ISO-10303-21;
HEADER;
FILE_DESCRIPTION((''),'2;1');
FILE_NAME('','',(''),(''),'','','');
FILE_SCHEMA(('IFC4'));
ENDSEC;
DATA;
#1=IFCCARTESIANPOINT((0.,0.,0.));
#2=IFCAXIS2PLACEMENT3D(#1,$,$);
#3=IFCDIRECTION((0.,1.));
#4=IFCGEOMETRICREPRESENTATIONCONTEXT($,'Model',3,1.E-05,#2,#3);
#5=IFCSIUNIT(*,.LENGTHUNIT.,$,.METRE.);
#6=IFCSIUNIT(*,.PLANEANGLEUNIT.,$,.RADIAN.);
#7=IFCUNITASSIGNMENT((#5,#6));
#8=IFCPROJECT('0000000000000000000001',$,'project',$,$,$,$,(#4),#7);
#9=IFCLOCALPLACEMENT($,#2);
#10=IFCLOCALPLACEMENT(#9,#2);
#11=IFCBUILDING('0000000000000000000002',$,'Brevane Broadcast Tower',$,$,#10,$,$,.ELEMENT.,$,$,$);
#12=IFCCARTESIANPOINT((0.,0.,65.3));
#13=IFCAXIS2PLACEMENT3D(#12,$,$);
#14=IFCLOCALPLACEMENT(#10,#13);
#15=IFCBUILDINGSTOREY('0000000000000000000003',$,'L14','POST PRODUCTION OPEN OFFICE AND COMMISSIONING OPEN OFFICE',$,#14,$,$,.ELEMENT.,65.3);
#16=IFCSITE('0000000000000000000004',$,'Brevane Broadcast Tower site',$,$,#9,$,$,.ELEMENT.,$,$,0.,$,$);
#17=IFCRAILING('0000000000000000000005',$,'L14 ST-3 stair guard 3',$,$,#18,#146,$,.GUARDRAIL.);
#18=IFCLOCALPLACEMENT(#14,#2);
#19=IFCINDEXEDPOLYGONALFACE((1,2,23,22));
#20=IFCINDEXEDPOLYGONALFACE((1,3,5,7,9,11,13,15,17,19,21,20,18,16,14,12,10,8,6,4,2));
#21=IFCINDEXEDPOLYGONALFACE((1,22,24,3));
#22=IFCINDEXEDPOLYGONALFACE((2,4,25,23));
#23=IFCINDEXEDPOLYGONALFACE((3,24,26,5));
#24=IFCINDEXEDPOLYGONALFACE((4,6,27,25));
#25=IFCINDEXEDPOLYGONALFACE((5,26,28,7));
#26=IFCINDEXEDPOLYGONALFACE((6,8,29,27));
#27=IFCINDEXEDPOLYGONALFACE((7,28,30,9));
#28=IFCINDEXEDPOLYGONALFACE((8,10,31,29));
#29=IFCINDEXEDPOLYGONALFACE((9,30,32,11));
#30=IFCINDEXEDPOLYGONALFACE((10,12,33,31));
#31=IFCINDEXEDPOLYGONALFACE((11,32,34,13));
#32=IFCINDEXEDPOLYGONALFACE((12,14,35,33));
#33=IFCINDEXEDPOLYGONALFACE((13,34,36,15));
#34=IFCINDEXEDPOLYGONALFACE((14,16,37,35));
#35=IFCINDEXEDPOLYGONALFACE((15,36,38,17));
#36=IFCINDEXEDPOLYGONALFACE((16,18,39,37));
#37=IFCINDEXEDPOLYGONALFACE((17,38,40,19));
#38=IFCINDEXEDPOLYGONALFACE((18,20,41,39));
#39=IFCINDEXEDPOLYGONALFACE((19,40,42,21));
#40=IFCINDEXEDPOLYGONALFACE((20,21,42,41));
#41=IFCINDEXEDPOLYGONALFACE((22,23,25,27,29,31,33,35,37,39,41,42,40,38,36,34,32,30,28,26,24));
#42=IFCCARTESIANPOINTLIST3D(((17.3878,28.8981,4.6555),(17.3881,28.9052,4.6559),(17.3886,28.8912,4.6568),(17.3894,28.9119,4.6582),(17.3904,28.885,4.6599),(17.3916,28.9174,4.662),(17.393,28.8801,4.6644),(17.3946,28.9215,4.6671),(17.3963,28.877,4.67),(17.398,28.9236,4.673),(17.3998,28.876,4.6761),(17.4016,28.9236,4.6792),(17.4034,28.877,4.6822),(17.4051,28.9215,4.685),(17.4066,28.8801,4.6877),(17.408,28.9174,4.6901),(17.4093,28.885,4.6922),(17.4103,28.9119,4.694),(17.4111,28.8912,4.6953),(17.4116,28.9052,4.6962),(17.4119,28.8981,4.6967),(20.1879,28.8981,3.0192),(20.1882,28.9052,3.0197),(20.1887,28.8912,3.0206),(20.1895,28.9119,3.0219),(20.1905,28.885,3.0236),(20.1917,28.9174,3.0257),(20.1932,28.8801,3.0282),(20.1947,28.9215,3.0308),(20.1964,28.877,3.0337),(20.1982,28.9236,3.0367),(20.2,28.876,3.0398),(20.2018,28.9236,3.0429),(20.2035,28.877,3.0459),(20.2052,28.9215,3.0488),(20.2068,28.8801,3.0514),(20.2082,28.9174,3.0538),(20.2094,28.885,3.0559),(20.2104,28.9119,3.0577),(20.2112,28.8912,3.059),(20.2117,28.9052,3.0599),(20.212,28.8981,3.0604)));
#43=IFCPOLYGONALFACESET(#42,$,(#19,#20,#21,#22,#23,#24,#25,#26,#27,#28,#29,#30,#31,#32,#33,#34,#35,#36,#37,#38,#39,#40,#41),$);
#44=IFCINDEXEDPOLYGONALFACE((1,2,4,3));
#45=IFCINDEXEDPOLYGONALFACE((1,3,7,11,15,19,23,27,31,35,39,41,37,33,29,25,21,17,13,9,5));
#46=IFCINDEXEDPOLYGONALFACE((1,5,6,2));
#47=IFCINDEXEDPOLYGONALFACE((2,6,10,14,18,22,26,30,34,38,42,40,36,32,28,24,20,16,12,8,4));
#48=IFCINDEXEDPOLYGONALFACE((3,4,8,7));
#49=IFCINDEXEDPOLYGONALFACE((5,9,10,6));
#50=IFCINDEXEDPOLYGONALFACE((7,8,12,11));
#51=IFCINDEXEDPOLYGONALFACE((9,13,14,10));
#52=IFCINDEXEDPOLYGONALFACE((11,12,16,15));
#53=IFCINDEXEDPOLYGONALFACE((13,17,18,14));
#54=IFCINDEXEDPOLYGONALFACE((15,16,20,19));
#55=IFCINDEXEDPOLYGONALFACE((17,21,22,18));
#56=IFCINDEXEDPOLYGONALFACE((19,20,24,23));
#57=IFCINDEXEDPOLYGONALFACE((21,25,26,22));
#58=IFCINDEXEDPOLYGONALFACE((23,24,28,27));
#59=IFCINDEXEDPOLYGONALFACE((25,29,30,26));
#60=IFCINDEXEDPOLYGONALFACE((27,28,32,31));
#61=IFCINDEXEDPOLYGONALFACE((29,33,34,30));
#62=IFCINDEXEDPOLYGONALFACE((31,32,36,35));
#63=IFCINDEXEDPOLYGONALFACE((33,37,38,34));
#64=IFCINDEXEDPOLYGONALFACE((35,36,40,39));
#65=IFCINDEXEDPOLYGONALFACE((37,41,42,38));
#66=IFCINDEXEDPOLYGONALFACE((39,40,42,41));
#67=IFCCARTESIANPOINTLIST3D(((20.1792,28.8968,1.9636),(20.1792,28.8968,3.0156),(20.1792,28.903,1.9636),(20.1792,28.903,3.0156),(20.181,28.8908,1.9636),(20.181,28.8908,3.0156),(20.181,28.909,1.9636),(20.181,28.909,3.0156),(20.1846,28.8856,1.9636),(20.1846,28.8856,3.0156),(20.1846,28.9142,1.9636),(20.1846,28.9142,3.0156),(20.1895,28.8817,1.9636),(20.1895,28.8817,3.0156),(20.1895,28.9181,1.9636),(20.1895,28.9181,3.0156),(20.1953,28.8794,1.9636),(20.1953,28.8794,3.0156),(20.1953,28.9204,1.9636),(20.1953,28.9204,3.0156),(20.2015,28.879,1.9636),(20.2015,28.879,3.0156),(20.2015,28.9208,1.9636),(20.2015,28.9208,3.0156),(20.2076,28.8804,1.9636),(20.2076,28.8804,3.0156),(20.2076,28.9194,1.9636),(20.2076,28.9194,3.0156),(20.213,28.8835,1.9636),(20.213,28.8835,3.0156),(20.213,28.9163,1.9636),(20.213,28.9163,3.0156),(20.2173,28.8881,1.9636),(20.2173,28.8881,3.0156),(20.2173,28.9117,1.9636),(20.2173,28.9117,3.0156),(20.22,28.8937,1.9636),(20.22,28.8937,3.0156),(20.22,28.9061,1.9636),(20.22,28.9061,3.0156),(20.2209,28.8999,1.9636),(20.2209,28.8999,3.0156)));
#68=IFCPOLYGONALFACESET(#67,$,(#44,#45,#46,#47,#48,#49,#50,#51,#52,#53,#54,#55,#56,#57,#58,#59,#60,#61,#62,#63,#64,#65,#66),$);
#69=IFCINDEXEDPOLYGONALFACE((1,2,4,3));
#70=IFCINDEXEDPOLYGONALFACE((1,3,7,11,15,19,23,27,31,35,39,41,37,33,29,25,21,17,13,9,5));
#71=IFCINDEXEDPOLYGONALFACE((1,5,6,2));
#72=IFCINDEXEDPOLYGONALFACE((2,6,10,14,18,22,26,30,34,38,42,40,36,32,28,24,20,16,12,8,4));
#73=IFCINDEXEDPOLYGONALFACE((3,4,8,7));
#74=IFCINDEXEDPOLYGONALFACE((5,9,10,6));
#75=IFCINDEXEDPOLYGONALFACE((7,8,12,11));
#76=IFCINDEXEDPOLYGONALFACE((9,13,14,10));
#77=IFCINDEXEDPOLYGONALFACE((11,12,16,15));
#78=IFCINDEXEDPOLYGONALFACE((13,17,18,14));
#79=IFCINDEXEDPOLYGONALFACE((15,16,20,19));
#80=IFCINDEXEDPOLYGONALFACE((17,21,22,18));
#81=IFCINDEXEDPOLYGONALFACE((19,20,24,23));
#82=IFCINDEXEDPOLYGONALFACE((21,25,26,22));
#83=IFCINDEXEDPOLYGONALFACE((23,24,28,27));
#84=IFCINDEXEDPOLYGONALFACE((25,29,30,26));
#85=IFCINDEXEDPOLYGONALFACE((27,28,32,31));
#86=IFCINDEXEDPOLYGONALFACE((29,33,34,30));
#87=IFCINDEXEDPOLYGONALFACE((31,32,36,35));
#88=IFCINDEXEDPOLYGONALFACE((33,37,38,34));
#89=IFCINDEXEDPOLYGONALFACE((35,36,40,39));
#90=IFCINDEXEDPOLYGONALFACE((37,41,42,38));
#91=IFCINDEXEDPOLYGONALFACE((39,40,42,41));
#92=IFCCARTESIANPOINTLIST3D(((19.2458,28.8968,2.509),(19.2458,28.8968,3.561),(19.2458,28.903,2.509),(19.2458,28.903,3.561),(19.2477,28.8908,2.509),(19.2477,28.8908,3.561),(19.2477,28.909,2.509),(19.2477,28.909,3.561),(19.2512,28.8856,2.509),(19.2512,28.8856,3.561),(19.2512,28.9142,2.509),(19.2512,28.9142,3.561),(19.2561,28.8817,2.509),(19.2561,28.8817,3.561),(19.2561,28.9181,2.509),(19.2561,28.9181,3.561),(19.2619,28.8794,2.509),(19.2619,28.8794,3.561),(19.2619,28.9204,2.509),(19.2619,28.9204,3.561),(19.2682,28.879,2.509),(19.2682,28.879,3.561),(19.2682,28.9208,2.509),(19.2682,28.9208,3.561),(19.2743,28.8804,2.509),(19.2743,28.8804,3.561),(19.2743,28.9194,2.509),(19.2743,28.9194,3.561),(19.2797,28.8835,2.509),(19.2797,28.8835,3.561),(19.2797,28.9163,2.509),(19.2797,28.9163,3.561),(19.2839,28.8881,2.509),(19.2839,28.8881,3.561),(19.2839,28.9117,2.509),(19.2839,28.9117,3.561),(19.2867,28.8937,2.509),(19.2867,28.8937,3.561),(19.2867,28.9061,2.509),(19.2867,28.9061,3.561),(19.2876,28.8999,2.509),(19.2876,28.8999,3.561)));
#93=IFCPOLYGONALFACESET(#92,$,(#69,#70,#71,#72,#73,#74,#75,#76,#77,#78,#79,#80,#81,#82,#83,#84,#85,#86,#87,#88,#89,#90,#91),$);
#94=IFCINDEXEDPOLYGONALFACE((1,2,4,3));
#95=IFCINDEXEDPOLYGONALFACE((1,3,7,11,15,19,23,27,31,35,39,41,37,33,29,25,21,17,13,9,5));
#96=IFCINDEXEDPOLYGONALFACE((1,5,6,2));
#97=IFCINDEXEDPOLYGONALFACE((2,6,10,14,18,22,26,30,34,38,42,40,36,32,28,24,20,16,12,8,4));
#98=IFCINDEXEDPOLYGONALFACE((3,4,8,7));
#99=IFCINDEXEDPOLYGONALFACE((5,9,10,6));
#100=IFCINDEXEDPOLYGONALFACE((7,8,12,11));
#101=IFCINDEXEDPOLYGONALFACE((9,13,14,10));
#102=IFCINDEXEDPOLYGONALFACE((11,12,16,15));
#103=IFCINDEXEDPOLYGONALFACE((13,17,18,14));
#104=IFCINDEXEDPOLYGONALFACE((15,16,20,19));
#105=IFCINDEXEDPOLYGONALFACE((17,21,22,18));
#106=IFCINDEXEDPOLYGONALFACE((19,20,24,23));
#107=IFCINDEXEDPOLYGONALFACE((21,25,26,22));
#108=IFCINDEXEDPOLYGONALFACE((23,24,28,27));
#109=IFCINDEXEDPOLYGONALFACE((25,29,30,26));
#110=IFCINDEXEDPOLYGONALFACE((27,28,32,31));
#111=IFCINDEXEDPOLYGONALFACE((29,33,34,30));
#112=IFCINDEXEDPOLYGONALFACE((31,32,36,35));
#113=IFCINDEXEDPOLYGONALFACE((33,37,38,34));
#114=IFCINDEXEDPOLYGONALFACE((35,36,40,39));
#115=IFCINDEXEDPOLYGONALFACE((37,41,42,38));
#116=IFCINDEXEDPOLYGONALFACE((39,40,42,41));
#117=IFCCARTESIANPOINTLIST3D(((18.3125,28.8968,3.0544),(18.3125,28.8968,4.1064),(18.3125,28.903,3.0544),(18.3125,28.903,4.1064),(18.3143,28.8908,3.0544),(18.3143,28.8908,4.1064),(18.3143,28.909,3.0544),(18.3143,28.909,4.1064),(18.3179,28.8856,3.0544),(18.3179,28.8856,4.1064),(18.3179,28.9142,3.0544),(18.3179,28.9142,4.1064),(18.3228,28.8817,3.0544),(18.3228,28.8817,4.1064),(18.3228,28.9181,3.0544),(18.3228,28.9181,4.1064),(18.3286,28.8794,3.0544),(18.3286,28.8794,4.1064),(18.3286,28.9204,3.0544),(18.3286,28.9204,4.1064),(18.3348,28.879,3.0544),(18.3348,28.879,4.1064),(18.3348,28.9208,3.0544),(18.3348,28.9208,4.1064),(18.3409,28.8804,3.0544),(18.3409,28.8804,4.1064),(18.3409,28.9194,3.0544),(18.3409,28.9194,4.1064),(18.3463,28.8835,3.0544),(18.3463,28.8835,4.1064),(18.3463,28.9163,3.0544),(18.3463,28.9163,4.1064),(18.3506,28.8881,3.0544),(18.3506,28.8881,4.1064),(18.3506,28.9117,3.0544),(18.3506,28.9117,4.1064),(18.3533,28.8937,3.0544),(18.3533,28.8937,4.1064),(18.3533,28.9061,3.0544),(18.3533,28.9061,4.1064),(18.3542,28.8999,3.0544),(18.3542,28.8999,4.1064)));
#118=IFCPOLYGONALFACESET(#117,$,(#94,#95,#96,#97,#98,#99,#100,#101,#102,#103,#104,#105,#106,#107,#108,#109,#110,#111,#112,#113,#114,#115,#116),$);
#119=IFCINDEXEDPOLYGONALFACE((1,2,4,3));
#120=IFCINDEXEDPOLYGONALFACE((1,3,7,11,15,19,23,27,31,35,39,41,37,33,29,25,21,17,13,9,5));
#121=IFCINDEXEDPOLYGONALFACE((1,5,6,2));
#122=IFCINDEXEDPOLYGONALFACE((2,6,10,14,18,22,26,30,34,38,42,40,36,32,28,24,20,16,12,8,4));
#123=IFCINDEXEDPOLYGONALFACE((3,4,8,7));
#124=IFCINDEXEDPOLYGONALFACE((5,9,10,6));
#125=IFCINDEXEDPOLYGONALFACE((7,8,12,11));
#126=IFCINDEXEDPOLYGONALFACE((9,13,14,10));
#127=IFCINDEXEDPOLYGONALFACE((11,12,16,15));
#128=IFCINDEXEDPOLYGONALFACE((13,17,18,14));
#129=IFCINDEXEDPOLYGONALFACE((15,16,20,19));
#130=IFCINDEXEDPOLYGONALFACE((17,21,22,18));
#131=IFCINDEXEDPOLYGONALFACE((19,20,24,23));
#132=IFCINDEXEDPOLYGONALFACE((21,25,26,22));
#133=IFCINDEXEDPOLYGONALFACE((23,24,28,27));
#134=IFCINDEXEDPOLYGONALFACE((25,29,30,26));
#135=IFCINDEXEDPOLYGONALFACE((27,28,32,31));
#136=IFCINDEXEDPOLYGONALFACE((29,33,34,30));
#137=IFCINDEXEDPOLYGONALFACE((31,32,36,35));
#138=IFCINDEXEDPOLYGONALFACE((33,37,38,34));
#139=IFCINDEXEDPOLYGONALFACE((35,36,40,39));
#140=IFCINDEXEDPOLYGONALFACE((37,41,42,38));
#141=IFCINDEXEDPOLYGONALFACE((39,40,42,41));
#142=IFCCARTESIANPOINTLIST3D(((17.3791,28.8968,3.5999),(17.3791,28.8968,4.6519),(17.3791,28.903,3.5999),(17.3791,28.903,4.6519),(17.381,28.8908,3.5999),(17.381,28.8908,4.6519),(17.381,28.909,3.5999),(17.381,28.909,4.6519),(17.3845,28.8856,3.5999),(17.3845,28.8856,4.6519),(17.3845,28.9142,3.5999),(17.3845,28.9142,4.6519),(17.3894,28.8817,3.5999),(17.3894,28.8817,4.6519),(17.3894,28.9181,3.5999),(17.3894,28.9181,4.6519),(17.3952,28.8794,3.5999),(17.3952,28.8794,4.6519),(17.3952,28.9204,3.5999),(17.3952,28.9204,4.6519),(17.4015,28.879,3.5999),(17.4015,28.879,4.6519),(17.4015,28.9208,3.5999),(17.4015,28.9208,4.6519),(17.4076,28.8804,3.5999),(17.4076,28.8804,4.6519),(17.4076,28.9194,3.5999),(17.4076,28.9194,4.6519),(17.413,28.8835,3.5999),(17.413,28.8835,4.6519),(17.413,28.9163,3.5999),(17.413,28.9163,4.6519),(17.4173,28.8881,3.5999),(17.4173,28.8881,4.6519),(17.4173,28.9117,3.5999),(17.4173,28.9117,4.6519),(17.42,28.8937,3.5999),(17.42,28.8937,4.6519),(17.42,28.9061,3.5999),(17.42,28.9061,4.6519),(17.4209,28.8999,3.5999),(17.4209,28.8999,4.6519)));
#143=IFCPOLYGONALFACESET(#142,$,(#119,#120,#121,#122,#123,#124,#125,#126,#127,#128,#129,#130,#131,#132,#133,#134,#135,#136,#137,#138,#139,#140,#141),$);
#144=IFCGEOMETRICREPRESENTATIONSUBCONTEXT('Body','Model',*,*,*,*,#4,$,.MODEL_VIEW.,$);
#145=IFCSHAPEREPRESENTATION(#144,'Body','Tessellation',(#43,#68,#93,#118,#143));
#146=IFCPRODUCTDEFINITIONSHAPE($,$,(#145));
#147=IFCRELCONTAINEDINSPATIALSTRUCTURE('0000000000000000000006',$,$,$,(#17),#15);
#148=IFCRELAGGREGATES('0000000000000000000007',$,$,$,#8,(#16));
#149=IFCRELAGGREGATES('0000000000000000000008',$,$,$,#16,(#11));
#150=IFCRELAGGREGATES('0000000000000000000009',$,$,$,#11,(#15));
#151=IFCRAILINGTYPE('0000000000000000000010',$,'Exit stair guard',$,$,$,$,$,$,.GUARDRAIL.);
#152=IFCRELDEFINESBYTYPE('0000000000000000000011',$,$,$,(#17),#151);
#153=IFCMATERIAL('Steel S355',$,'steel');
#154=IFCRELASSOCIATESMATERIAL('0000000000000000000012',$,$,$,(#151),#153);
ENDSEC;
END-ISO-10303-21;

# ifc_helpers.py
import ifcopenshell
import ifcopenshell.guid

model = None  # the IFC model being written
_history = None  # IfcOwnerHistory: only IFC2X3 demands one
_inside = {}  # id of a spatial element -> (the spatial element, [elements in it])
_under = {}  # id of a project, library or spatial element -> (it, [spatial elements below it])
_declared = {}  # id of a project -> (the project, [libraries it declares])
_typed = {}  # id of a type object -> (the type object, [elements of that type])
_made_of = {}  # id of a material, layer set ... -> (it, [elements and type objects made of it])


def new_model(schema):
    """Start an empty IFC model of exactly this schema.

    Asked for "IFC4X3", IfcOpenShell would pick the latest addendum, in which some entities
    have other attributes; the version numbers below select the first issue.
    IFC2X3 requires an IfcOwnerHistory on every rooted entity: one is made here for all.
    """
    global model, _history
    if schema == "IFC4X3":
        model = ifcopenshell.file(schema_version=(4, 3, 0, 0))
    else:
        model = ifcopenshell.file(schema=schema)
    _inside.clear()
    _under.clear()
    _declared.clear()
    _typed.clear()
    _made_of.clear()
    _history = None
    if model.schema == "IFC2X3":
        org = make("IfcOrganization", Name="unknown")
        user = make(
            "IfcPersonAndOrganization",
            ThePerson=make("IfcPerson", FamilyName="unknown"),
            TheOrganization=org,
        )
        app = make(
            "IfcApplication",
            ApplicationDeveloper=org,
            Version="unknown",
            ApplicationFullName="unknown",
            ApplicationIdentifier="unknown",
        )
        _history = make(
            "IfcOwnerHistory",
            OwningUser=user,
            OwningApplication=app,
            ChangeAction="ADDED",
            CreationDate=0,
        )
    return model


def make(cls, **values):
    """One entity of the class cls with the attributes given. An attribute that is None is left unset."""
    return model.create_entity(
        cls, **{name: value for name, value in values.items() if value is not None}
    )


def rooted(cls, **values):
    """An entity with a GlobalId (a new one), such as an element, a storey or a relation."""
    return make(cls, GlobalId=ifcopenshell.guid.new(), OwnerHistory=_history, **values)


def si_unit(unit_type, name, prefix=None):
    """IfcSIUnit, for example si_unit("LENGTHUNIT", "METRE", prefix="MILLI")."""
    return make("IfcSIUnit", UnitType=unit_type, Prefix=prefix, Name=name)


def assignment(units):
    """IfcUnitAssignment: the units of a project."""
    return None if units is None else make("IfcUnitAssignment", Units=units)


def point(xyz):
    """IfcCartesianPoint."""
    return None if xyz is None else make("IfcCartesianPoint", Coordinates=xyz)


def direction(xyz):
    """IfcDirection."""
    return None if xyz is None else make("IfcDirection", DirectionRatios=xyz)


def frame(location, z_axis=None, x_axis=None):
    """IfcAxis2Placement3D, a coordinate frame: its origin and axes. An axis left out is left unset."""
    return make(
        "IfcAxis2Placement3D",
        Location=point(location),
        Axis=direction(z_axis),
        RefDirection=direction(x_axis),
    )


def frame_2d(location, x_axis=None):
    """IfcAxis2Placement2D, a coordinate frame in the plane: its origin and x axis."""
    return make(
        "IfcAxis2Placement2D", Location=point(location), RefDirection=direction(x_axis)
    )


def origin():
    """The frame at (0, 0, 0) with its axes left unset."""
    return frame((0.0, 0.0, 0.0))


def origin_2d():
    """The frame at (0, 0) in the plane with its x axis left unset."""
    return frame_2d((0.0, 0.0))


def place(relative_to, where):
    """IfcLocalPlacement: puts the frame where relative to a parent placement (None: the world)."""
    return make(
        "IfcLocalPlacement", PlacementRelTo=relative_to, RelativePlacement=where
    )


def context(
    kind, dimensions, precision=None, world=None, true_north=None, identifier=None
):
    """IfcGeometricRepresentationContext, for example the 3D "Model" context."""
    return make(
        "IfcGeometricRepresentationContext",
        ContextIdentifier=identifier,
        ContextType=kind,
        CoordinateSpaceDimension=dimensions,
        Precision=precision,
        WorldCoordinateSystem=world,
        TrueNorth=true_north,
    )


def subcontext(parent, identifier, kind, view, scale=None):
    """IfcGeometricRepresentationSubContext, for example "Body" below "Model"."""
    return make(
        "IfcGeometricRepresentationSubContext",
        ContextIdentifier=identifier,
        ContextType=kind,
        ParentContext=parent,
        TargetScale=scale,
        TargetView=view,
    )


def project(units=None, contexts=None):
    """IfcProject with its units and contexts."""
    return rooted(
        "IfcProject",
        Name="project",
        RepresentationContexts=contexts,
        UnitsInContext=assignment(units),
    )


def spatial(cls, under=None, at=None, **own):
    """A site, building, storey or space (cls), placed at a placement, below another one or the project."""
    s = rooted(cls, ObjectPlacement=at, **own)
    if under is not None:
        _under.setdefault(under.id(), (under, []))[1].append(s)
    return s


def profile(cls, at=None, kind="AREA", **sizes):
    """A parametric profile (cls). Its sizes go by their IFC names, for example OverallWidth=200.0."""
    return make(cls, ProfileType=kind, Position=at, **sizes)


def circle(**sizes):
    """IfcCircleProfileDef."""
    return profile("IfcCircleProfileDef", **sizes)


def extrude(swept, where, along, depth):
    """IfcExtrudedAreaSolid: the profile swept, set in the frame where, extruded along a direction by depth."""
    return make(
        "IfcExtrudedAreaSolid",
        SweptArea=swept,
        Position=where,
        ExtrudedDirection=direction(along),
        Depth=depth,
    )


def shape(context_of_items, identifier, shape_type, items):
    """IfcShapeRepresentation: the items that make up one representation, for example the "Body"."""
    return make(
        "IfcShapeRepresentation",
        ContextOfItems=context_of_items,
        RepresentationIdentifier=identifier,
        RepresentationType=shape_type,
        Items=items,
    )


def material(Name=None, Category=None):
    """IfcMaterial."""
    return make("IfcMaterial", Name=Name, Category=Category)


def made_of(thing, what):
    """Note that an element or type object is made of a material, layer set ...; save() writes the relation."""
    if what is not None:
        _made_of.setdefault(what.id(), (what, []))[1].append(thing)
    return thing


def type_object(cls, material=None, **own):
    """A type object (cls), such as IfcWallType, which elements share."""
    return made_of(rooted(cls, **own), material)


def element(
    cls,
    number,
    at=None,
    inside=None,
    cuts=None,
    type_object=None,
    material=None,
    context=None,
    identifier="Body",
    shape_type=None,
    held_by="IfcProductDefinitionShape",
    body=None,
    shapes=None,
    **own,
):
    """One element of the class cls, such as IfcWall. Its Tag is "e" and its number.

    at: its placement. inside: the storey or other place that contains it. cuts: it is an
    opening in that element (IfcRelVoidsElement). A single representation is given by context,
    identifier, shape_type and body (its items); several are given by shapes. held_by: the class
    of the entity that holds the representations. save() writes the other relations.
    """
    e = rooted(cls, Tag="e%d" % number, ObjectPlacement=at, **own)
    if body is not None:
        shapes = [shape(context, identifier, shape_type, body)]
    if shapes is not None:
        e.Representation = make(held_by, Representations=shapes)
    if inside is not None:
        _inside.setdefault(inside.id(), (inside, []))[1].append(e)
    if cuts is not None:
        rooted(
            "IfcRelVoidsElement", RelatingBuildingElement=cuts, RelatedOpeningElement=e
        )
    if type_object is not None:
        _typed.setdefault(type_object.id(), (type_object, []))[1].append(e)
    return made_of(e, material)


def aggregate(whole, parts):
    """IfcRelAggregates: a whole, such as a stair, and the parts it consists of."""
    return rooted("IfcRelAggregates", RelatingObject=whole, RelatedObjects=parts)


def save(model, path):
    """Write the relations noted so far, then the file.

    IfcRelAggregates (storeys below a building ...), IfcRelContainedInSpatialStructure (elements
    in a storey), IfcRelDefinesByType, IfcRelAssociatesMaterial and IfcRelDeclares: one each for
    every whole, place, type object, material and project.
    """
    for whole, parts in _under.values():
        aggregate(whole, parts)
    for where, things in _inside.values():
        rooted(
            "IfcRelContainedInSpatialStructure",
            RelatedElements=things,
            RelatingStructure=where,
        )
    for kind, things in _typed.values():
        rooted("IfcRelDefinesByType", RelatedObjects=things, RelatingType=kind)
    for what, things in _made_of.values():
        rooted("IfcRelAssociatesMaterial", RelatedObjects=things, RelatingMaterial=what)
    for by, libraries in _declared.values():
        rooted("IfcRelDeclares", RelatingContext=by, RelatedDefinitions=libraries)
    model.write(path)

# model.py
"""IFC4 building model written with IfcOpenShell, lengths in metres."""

from ifc_helpers import new_model, si_unit, direction, frame, origin, origin_2d, place, context, subcontext, project, spatial, circle, extrude, material, type_object, element, save


model = new_model("IFC4")

# Units and contexts
model_context = context("Model", 3, precision=1e-05, world=origin(), true_north=direction((0.0, 1.0)))
body_context = subcontext(model_context, "Body", "Model", "MODEL_VIEW")
ifc_project = project(units=[si_unit("LENGTHUNIT", "METRE"), si_unit("PLANEANGLEUNIT", "RADIAN")], contexts=[model_context])

# Site, building, storey
site_placement = place(None, origin())
site = spatial("IfcSite", under=ifc_project, at=site_placement, Name="Brevane Broadcast Tower site", CompositionType="ELEMENT", RefElevation=0.0)
building_placement = place(site_placement, origin())
building = spatial("IfcBuilding", under=site, at=building_placement, Name="Brevane Broadcast Tower", CompositionType="ELEMENT")
storey_placement = place(building_placement, frame((0.0, 0.0, 65.3)))
storey = spatial("IfcBuildingStorey", under=building, at=storey_placement, Name="L14", Description="POST PRODUCTION OPEN OFFICE AND COMMISSIONING OPEN OFFICE", CompositionType="ELEMENT", Elevation=65.3)

# Railing
ifc_material_1 = material(Name="Steel S355", Category="steel")
railing_type_1 = type_object("IfcRailingType", Name="Exit stair guard", PredefinedType="GUARDRAIL", material=ifc_material_1)
railing_1_placement = place(storey_placement, frame((20.2, 28.8999, 1.9636)))
element("IfcRailing", 1, at=railing_1_placement, inside=storey, type_object=railing_type_1, Name="L14 ST-3 stair guard 3", PredefinedType="GUARDRAIL", context=body_context, shape_type="SweptSolid", body=[
    extrude(circle(Radius=0.0239, at=origin_2d()), frame((0.0, 0.0, 1.0762), z_axis=(-0.863394, 0.0, 0.504531), x_axis=(0.0, -1.0, 0.0)), (0.0, 0.0, 1.0), 3.2432),
    extrude(circle(Radius=0.021, at=origin_2d()), origin(), (0.0, 0.0, 1.0), 1.052),
    extrude(circle(Radius=0.021, at=origin_2d()), frame((-0.9333, 0.0, 0.5454)), (0.0, 0.0, 1.0), 1.052),
    extrude(circle(Radius=0.021, at=origin_2d()), frame((-1.8667, 0.0, 1.0908)), (0.0, 0.0, 1.0), 1.052),
    extrude(circle(Radius=0.021, at=origin_2d()), frame((-2.8, 0.0, 1.6362)), (0.0, 0.0, 1.0), 1.052),
])

save(model, "model.ifc")
